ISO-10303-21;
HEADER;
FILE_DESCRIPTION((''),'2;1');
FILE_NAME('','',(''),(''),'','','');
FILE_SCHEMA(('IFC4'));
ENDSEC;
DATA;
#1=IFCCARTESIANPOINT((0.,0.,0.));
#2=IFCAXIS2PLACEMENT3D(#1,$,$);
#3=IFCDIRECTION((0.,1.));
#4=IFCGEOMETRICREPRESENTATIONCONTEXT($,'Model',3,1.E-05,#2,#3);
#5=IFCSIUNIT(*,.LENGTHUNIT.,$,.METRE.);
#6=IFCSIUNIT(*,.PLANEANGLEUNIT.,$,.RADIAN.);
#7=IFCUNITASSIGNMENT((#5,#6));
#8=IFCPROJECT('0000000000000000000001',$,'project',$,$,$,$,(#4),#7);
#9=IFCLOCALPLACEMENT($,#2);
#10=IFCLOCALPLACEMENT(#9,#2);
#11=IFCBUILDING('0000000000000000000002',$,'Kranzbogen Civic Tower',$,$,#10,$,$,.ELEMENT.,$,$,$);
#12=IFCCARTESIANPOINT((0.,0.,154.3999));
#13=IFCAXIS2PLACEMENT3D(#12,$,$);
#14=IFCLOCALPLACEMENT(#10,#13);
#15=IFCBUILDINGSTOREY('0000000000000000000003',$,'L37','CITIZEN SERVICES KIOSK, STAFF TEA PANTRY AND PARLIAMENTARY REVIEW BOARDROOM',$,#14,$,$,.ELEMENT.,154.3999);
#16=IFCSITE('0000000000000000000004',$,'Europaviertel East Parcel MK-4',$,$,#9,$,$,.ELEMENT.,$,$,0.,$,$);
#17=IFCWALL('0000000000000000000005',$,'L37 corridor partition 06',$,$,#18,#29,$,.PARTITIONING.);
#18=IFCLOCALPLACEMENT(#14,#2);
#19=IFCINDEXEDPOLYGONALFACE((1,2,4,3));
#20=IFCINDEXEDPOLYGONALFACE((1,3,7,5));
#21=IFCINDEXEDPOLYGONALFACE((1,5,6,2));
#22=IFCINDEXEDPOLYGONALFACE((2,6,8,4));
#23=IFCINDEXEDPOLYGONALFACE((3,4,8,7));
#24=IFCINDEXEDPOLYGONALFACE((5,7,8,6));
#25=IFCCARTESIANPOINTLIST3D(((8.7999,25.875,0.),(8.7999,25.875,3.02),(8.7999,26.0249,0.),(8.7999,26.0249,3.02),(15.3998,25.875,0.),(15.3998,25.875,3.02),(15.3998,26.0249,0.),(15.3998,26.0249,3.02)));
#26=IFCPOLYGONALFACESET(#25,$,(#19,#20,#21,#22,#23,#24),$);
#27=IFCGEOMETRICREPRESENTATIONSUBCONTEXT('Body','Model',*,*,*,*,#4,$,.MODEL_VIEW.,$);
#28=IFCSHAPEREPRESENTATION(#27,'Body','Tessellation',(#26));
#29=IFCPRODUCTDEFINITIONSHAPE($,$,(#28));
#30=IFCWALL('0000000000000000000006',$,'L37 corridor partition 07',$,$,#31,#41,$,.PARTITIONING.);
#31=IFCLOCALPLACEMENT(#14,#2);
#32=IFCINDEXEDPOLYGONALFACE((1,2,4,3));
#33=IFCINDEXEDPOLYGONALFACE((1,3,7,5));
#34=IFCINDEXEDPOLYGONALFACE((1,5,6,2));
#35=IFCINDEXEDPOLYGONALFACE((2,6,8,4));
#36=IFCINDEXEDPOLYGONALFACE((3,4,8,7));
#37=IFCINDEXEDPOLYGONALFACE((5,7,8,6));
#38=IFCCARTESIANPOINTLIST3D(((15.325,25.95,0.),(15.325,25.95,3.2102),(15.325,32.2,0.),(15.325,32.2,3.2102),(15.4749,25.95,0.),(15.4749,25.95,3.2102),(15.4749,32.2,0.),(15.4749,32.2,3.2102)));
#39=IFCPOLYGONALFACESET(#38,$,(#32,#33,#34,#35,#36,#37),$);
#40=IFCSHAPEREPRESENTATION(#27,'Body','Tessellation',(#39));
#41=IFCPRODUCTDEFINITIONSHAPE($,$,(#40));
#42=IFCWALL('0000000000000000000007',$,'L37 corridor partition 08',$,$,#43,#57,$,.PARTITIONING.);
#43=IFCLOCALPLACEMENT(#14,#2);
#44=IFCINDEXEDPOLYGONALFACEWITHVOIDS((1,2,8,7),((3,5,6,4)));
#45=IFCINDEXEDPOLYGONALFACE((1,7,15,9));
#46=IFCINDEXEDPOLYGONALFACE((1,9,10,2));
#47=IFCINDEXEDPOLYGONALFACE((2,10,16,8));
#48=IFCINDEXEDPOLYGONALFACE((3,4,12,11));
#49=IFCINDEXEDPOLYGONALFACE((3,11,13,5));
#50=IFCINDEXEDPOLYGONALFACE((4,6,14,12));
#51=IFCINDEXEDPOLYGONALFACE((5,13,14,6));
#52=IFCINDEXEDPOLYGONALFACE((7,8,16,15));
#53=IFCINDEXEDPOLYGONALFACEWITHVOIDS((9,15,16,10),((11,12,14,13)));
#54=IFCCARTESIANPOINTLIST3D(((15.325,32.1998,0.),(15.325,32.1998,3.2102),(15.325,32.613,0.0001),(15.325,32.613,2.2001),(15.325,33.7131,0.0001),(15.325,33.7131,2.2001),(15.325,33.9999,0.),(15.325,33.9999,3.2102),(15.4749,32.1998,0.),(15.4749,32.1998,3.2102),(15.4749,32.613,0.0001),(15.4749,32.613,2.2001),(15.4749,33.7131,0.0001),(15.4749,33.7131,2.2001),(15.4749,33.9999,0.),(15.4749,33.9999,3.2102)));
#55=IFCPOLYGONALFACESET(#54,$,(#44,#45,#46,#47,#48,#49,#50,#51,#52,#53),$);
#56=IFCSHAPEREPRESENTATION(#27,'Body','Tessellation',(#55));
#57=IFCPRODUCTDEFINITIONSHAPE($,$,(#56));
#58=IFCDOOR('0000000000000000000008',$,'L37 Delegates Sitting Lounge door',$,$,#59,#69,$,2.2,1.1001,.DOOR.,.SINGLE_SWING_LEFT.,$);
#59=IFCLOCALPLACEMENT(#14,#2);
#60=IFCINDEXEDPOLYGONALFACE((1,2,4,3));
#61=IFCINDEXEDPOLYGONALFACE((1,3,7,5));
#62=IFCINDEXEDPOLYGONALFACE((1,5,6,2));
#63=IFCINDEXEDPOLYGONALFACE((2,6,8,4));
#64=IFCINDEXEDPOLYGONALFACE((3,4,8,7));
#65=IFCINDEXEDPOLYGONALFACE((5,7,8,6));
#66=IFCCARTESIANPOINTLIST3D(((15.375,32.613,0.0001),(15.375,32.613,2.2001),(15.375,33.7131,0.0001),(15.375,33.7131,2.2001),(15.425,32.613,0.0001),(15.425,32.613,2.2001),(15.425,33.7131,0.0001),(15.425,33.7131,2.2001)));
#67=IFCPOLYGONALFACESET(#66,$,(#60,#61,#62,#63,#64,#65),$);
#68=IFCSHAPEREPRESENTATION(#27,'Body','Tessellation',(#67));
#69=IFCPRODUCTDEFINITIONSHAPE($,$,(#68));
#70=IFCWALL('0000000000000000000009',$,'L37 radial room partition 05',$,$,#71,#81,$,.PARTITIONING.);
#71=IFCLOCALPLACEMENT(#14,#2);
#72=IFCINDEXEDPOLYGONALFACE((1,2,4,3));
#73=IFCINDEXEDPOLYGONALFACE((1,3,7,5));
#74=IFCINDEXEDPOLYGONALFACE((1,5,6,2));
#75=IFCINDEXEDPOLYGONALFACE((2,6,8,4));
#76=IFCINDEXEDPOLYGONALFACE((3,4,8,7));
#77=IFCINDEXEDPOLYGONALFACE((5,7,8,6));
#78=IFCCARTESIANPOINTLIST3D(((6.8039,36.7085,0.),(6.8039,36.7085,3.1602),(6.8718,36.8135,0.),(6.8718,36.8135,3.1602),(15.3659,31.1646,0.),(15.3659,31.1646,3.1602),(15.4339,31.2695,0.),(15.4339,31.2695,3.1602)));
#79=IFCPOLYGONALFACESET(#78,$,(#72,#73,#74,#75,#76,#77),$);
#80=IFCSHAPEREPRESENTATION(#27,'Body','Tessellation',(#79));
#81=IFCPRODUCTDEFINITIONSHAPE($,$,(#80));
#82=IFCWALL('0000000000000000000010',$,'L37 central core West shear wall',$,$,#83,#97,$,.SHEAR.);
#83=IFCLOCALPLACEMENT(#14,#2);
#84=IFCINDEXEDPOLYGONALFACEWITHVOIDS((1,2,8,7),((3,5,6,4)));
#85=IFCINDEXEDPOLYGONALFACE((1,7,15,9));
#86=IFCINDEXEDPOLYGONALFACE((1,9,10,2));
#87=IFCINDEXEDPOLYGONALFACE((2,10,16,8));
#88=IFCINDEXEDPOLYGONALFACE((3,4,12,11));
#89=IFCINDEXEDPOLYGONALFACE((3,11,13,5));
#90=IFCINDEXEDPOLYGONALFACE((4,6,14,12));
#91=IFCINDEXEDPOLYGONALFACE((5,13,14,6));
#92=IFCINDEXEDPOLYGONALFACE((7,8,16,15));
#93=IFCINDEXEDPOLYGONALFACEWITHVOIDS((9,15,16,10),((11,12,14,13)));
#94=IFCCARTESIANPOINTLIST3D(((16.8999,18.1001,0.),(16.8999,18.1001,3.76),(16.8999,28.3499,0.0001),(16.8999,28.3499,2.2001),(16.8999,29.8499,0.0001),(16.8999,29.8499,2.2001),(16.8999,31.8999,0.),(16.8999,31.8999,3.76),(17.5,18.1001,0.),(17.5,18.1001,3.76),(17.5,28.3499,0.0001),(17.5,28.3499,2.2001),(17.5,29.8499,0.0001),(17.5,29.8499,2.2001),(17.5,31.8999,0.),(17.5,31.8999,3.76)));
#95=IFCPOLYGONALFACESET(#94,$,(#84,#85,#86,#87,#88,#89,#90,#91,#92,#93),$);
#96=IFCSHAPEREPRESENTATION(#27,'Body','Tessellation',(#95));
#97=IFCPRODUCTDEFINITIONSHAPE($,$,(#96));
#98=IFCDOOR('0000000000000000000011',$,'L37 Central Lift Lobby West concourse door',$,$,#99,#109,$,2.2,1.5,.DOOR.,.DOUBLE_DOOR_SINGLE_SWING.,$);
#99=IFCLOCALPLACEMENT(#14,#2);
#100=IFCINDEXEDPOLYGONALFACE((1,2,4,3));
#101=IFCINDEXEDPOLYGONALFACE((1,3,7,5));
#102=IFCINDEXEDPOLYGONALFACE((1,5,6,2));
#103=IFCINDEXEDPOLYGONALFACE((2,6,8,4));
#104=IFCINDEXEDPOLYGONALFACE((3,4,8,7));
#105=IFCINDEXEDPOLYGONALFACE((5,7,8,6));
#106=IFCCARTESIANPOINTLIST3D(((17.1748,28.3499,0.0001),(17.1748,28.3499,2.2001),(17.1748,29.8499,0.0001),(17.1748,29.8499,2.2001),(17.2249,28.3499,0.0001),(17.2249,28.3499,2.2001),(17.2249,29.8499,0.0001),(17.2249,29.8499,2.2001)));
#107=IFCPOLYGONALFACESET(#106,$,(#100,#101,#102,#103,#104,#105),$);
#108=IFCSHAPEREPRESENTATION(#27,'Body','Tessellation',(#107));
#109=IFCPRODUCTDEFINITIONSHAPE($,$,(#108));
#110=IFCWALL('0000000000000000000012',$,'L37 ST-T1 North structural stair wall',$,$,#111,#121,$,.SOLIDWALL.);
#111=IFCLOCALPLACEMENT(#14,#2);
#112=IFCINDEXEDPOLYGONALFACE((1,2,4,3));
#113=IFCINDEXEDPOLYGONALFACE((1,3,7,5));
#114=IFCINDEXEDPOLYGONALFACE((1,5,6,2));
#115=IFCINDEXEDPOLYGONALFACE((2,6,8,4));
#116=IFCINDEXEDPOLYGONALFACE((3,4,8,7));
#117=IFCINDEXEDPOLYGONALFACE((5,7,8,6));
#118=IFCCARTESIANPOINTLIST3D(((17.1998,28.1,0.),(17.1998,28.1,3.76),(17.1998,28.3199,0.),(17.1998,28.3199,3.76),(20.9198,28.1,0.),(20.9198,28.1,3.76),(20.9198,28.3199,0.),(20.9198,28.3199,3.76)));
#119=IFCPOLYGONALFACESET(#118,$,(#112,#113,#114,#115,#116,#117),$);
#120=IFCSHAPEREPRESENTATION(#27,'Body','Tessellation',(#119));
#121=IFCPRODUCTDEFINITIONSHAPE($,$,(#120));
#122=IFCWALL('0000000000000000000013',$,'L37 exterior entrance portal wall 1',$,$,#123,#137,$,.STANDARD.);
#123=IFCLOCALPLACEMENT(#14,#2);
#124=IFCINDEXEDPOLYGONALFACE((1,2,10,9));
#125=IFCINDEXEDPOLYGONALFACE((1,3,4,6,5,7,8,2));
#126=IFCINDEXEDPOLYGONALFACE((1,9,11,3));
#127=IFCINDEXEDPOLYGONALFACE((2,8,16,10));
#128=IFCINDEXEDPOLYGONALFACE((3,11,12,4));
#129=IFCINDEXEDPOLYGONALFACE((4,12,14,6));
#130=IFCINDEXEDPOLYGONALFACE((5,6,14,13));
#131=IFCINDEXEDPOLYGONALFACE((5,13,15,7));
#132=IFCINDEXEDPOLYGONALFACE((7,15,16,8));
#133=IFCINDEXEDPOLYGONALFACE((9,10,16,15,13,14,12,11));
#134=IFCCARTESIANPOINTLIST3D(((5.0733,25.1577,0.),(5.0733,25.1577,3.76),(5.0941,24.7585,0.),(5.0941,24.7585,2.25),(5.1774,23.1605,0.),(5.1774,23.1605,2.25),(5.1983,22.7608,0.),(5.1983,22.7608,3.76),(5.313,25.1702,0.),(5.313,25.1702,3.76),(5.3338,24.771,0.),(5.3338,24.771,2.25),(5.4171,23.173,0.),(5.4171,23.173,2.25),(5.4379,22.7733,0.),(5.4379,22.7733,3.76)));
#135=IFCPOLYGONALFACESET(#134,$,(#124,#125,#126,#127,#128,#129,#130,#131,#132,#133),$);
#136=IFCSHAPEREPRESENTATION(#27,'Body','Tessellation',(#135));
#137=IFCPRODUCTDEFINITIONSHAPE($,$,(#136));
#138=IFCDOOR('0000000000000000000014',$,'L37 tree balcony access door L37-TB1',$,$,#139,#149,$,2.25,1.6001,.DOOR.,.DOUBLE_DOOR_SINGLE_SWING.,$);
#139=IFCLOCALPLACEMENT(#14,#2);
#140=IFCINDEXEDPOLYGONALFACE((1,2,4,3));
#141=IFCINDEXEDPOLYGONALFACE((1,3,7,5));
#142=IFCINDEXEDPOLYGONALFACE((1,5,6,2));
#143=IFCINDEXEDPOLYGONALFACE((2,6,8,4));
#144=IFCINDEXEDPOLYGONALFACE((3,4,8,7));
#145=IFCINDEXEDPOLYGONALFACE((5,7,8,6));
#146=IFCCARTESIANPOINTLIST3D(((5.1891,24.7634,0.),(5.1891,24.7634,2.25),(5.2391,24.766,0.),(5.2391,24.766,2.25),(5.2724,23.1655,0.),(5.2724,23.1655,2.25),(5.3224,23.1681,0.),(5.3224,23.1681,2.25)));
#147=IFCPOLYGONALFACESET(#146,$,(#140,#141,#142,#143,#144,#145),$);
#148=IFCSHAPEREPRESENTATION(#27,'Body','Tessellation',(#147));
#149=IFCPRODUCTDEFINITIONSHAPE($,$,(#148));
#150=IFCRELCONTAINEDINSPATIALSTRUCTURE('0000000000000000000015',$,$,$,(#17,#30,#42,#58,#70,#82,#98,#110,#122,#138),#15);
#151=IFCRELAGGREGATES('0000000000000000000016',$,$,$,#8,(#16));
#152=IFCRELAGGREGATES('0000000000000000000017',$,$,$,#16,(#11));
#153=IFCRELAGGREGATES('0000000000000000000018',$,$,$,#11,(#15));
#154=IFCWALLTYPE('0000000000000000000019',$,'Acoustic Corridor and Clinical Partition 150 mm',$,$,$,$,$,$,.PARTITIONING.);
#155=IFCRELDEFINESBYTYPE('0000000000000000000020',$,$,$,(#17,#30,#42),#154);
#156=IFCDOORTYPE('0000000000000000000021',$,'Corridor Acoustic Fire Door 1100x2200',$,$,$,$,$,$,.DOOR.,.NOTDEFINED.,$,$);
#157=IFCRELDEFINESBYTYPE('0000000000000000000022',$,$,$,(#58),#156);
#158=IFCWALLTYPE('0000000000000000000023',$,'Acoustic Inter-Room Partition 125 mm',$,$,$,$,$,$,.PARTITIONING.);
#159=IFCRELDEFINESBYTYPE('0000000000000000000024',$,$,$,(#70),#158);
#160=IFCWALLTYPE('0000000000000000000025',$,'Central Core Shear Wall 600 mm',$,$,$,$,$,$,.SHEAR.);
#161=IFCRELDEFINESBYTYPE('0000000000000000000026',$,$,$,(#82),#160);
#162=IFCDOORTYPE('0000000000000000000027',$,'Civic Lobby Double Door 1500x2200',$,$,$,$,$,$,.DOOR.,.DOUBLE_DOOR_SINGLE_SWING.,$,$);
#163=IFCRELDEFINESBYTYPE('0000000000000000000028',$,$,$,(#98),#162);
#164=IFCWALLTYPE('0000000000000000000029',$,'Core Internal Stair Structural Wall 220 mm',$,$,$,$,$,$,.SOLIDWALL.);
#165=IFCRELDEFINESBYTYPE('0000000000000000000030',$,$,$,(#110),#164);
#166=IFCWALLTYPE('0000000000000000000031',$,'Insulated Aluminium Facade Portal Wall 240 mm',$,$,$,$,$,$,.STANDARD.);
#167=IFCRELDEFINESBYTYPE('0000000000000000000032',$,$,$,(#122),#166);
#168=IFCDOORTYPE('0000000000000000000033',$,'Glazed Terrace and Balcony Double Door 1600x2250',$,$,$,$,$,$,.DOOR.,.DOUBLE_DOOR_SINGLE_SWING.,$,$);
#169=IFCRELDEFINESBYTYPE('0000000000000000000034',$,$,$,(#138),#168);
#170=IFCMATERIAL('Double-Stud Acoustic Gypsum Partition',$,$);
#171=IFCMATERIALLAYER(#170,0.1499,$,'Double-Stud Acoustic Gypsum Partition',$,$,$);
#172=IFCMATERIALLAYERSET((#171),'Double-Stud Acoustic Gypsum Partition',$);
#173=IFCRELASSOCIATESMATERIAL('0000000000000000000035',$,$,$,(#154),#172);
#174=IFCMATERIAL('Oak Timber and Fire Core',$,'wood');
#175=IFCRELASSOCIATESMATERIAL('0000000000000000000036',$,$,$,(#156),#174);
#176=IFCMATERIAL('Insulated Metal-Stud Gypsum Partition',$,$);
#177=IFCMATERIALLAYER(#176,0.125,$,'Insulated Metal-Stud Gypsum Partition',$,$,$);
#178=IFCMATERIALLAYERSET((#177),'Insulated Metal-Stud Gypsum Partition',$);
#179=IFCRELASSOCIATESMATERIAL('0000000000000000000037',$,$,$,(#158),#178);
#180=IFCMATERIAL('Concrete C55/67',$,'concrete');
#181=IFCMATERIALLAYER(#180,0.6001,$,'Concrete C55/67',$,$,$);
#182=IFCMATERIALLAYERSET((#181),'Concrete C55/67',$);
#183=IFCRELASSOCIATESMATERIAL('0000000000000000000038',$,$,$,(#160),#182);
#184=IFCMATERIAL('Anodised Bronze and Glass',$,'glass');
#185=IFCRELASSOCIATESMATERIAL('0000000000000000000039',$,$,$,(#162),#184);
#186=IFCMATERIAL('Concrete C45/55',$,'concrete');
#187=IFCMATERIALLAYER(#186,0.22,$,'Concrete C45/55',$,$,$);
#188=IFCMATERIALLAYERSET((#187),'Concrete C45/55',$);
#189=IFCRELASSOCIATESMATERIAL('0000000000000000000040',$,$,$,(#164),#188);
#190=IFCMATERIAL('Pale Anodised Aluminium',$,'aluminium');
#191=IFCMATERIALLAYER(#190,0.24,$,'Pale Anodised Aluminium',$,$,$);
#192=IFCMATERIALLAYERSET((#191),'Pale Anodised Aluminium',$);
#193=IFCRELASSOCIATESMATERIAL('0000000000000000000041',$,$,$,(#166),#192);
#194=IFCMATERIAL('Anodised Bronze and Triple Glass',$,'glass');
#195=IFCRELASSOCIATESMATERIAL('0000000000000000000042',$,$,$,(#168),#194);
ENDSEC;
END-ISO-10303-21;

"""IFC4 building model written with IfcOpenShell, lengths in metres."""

from ifc_helpers import new_model, si_unit, direction, frame, frame_2d, origin, place, context, subcontext, project, spatial, rectangle, extrude, material, layer, layer_set, type_object, element, fill, save


model = new_model("IFC4")

# Units and contexts
model_context = context("Model", 3, precision=1e-05, world=origin(), true_north=direction((0.0, 1.0)))
body_context = subcontext(model_context, "Body", "Model", "MODEL_VIEW")
ifc_project = project(units=[si_unit("LENGTHUNIT", "METRE"), si_unit("PLANEANGLEUNIT", "RADIAN")], contexts=[model_context])

# Site, building, storey
site_placement = place(None, origin())
site = spatial("IfcSite", under=ifc_project, at=site_placement, Name="Europaviertel East Parcel MK-4", CompositionType="ELEMENT", RefElevation=0.0)
building_placement = place(site_placement, origin())
building = spatial("IfcBuilding", under=site, at=building_placement, Name="Kranzbogen Civic Tower", CompositionType="ELEMENT")
storey_placement = place(building_placement, frame((0.0, 0.0, 154.3999)))
storey = spatial("IfcBuildingStorey", under=building, at=storey_placement, Name="L37", Description="CITIZEN SERVICES KIOSK, STAFF TEA PANTRY AND PARLIAMENTARY REVIEW BOARDROOM", CompositionType="ELEMENT", Elevation=154.3999)

# Shared definitions
ifc_material_1 = material(Name="Pale Anodised Aluminium", Category="aluminium")

# Walls
ifc_material_2 = material(Name="Double-Stud Acoustic Gypsum Partition")
ifc_layer_1 = layer(ifc_material_2, 0.1499, Name="Double-Stud Acoustic Gypsum Partition")
ifc_layer_set_1 = layer_set([ifc_layer_1], Name="Double-Stud Acoustic Gypsum Partition")
wall_type_1 = type_object("IfcWallType", Name="Acoustic Corridor and Clinical Partition 150 mm", PredefinedType="PARTITIONING", material=ifc_layer_set_1)
wall_1_placement = place(storey_placement, frame((8.8, 25.95, 0.0), z_axis=(0.0, 0.0, 1.0), x_axis=(1.0, 0.0, 0.0)))
element("IfcWall", 1, at=wall_1_placement, inside=storey, type_object=wall_type_1, Name="L37 corridor partition 06", PredefinedType="PARTITIONING", context=body_context, shape_type="SweptSolid", body=[
    extrude(rectangle(XDim=6.5999, YDim=0.1499, at=frame_2d((3.2998, 0.0))), origin(), (0.0, 0.0, 1.0), 3.02),
])
wall_2_placement = place(storey_placement, frame((15.3999, 25.95, 0.0), z_axis=(0.0, 0.0, 1.0), x_axis=(0.0, 1.0, 0.0)))
element("IfcWall", 2, at=wall_2_placement, inside=storey, type_object=wall_type_1, Name="L37 corridor partition 07", PredefinedType="PARTITIONING", context=body_context, shape_type="SweptSolid", body=[
    extrude(rectangle(XDim=6.25, YDim=0.1499, at=frame_2d((3.125, 0.0))), origin(), (0.0, 0.0, 1.0), 3.2102),
])

# Wall, opening, door
wall_3_placement = place(storey_placement, frame((15.3999, 32.2, 0.0), z_axis=(0.0, 0.0, 1.0), x_axis=(0.0, 1.0, 0.0)))
wall_3 = element("IfcWall", 3, at=wall_3_placement, inside=storey, type_object=wall_type_1, Name="L37 corridor partition 08", PredefinedType="PARTITIONING", context=body_context, shape_type="SweptSolid", body=[
    extrude(rectangle(XDim=1.8, YDim=0.1499, at=frame_2d((0.8999, 0.0))), origin(), (0.0, 0.0, 1.0), 3.2102),
])
opening_1_placement = place(wall_3_placement, frame((0.4131, 0.0, 0.0)))
opening_1 = element("IfcOpeningElement", 4, at=opening_1_placement, cuts=wall_3, PredefinedType="OPENING", context=body_context, shape_type="SweptSolid", body=[
    extrude(rectangle(XDim=1.1001, YDim=2.2, at=frame_2d((0.55, 1.1001))), frame((0.0, 0.085, 0.0), z_axis=(0.0, -1.0, 0.0), x_axis=(1.0, 0.0, 0.0)), (0.0, 0.0, 1.0), 0.1699),
])
ifc_material_3 = material(Name="Oak Timber and Fire Core", Category="wood")
door_type_1 = type_object("IfcDoorType", Name="Corridor Acoustic Fire Door 1100x2200", OperationType="NOTDEFINED", PredefinedType="DOOR", material=ifc_material_3)
door_1_placement = place(opening_1_placement, origin())
door_1 = element("IfcDoor", 5, at=door_1_placement, inside=storey, type_object=door_type_1, Name="L37 Delegates Sitting Lounge door", OperationType="SINGLE_SWING_LEFT", OverallHeight=2.2, OverallWidth=1.1001, PredefinedType="DOOR", context=body_context, shape_type="SweptSolid", body=[
    extrude(rectangle(XDim=1.1001, YDim=2.2, at=frame_2d((0.55, 1.1001))), frame((0.0, 0.0249, 0.0), z_axis=(0.0, -1.0, 0.0), x_axis=(1.0, 0.0, 0.0)), (0.0, 0.0, 1.0), 0.05),
])
fill(opening_1, door_1)

# Wall
ifc_material_4 = material(Name="Insulated Metal-Stud Gypsum Partition")
ifc_layer_2 = layer(ifc_material_4, 0.125, Name="Insulated Metal-Stud Gypsum Partition")
ifc_layer_set_2 = layer_set([ifc_layer_2], Name="Insulated Metal-Stud Gypsum Partition")
wall_type_2 = type_object("IfcWallType", Name="Acoustic Inter-Room Partition 125 mm", PredefinedType="PARTITIONING", material=ifc_layer_set_2)
wall_4_placement = place(storey_placement, frame((15.3999, 31.217, 0.0), z_axis=(0.0, 0.0, 1.0), x_axis=(-0.839399, 0.543515, 0.0)))
element("IfcWall", 6, at=wall_4_placement, inside=storey, type_object=wall_type_2, Name="L37 radial room partition 05", PredefinedType="PARTITIONING", context=body_context, shape_type="SweptSolid", body=[
    extrude(rectangle(XDim=10.2002, YDim=0.125, at=frame_2d((5.1001, 0.0))), origin(), (0.0, 0.0, 1.0), 3.1602),
])

# Wall, opening, door
ifc_material_5 = material(Name="Concrete C55/67", Category="concrete")
ifc_layer_3 = layer(ifc_material_5, 0.6001, Name="Concrete C55/67")
ifc_layer_set_3 = layer_set([ifc_layer_3], Name="Concrete C55/67")
wall_type_3 = type_object("IfcWallType", Name="Central Core Shear Wall 600 mm", PredefinedType="SHEAR", material=ifc_layer_set_3)
wall_5_placement = place(storey_placement, frame((17.2, 31.8999, 0.0), z_axis=(0.0, 0.0, 1.0), x_axis=(0.0, -1.0, 0.0)))
wall_5 = element("IfcWall", 7, at=wall_5_placement, inside=storey, type_object=wall_type_3, Name="L37 central core West shear wall", PredefinedType="SHEAR", context=body_context, shape_type="SweptSolid", body=[
    extrude(rectangle(XDim=13.7998, YDim=0.6001, at=frame_2d((6.8999, 0.0))), origin(), (0.0, 0.0, 1.0), 3.76),
])
opening_2_placement = place(wall_5_placement, frame((2.05, 0.0, 0.0)))
opening_2 = element("IfcOpeningElement", 8, at=opening_2_placement, cuts=wall_5, PredefinedType="OPENING", context=body_context, shape_type="SweptSolid", body=[
    extrude(rectangle(XDim=1.5, YDim=2.2, at=frame_2d((0.75, 1.1001))), frame((0.0, 0.3101, 0.0), z_axis=(0.0, -1.0, 0.0), x_axis=(1.0, 0.0, 0.0)), (0.0, 0.0, 1.0), 0.6201),
])
ifc_material_6 = material(Name="Anodised Bronze and Glass", Category="glass")
door_type_2 = type_object("IfcDoorType", Name="Civic Lobby Double Door 1500x2200", OperationType="DOUBLE_DOOR_SINGLE_SWING", PredefinedType="DOOR", material=ifc_material_6)
door_2_placement = place(opening_2_placement, origin())
door_2 = element("IfcDoor", 9, at=door_2_placement, inside=storey, type_object=door_type_2, Name="L37 Central Lift Lobby West concourse door", OperationType="DOUBLE_DOOR_SINGLE_SWING", OverallHeight=2.2, OverallWidth=1.5, PredefinedType="DOOR", context=body_context, shape_type="SweptSolid", body=[
    extrude(rectangle(XDim=1.5, YDim=2.2, at=frame_2d((0.75, 1.1001))), frame((0.0, 0.0249, 0.0), z_axis=(0.0, -1.0, 0.0), x_axis=(1.0, 0.0, 0.0)), (0.0, 0.0, 1.0), 0.05),
])
fill(opening_2, door_2)

# Wall
ifc_material_7 = material(Name="Concrete C45/55", Category="concrete")
ifc_layer_4 = layer(ifc_material_7, 0.22, Name="Concrete C45/55")
ifc_layer_set_4 = layer_set([ifc_layer_4], Name="Concrete C45/55")
wall_type_4 = type_object("IfcWallType", Name="Core Internal Stair Structural Wall 220 mm", PredefinedType="SOLIDWALL", material=ifc_layer_set_4)
wall_6_placement = place(storey_placement, frame((17.2, 28.21, 0.0), z_axis=(0.0, 0.0, 1.0), x_axis=(1.0, 0.0, 0.0)))
element("IfcWall", 10, at=wall_6_placement, inside=storey, type_object=wall_type_4, Name="L37 ST-T1 North structural stair wall", PredefinedType="SOLIDWALL", context=body_context, shape_type="SweptSolid", body=[
    extrude(rectangle(XDim=3.72, YDim=0.22, at=frame_2d((1.8599, 0.0))), origin(), (0.0, 0.0, 1.0), 3.76),
])

# Wall, opening, door
ifc_layer_5 = layer(ifc_material_1, 0.24, Name="Pale Anodised Aluminium")
ifc_layer_set_5 = layer_set([ifc_layer_5], Name="Pale Anodised Aluminium")
wall_type_5 = type_object("IfcWallType", Name="Insulated Aluminium Facade Portal Wall 240 mm", PredefinedType="STANDARD", material=ifc_layer_set_5)
wall_7_placement = place(storey_placement, frame((5.1931, 25.1641, 0.0), z_axis=(0.0, 0.0, 1.0), x_axis=(0.052078, -0.998643, 0.0)))
wall_7 = element("IfcWall", 11, at=wall_7_placement, inside=storey, type_object=wall_type_5, Name="L37 exterior entrance portal wall 1", PredefinedType="STANDARD", context=body_context, shape_type="SweptSolid", body=[
    extrude(rectangle(XDim=2.4001, YDim=0.24, at=frame_2d((1.2002, 0.0))), origin(), (0.0, 0.0, 1.0), 3.76),
])
opening_3_placement = place(wall_7_placement, frame((0.3999, 0.0, 0.0)))
opening_3 = element("IfcOpeningElement", 12, at=opening_3_placement, cuts=wall_7, PredefinedType="OPENING", context=body_context, shape_type="SweptSolid", body=[
    extrude(rectangle(XDim=1.6001, YDim=2.25, at=frame_2d((0.8, 1.125))), frame((0.0, 0.1299, 0.0), z_axis=(0.0, -1.0, 0.0), x_axis=(1.0, 0.0, 0.0)), (0.0, 0.0, 1.0), 0.26),
])
ifc_material_8 = material(Name="Anodised Bronze and Triple Glass", Category="glass")
door_type_3 = type_object("IfcDoorType", Name="Glazed Terrace and Balcony Double Door 1600x2250", OperationType="DOUBLE_DOOR_SINGLE_SWING", PredefinedType="DOOR", material=ifc_material_8)
door_3_placement = place(opening_3_placement, frame((1.6001, 0.0, 0.0), z_axis=(0.0, 0.0, 1.0), x_axis=(-1.0, 0.0, 0.0)))
door_3 = element("IfcDoor", 13, at=door_3_placement, inside=storey, type_object=door_type_3, Name="L37 tree balcony access door L37-TB1", OperationType="DOUBLE_DOOR_SINGLE_SWING", OverallHeight=2.25, OverallWidth=1.6001, PredefinedType="DOOR", context=body_context, shape_type="SweptSolid", body=[
    extrude(rectangle(XDim=1.6001, YDim=2.25, at=frame_2d((0.8, 1.125))), frame((0.0, 0.0249, 0.0), z_axis=(0.0, -1.0, 0.0), x_axis=(1.0, 0.0, 0.0)), (0.0, 0.0, 1.0), 0.05),
])
fill(opening_3, door_3)

save(model, "model.ifc")
